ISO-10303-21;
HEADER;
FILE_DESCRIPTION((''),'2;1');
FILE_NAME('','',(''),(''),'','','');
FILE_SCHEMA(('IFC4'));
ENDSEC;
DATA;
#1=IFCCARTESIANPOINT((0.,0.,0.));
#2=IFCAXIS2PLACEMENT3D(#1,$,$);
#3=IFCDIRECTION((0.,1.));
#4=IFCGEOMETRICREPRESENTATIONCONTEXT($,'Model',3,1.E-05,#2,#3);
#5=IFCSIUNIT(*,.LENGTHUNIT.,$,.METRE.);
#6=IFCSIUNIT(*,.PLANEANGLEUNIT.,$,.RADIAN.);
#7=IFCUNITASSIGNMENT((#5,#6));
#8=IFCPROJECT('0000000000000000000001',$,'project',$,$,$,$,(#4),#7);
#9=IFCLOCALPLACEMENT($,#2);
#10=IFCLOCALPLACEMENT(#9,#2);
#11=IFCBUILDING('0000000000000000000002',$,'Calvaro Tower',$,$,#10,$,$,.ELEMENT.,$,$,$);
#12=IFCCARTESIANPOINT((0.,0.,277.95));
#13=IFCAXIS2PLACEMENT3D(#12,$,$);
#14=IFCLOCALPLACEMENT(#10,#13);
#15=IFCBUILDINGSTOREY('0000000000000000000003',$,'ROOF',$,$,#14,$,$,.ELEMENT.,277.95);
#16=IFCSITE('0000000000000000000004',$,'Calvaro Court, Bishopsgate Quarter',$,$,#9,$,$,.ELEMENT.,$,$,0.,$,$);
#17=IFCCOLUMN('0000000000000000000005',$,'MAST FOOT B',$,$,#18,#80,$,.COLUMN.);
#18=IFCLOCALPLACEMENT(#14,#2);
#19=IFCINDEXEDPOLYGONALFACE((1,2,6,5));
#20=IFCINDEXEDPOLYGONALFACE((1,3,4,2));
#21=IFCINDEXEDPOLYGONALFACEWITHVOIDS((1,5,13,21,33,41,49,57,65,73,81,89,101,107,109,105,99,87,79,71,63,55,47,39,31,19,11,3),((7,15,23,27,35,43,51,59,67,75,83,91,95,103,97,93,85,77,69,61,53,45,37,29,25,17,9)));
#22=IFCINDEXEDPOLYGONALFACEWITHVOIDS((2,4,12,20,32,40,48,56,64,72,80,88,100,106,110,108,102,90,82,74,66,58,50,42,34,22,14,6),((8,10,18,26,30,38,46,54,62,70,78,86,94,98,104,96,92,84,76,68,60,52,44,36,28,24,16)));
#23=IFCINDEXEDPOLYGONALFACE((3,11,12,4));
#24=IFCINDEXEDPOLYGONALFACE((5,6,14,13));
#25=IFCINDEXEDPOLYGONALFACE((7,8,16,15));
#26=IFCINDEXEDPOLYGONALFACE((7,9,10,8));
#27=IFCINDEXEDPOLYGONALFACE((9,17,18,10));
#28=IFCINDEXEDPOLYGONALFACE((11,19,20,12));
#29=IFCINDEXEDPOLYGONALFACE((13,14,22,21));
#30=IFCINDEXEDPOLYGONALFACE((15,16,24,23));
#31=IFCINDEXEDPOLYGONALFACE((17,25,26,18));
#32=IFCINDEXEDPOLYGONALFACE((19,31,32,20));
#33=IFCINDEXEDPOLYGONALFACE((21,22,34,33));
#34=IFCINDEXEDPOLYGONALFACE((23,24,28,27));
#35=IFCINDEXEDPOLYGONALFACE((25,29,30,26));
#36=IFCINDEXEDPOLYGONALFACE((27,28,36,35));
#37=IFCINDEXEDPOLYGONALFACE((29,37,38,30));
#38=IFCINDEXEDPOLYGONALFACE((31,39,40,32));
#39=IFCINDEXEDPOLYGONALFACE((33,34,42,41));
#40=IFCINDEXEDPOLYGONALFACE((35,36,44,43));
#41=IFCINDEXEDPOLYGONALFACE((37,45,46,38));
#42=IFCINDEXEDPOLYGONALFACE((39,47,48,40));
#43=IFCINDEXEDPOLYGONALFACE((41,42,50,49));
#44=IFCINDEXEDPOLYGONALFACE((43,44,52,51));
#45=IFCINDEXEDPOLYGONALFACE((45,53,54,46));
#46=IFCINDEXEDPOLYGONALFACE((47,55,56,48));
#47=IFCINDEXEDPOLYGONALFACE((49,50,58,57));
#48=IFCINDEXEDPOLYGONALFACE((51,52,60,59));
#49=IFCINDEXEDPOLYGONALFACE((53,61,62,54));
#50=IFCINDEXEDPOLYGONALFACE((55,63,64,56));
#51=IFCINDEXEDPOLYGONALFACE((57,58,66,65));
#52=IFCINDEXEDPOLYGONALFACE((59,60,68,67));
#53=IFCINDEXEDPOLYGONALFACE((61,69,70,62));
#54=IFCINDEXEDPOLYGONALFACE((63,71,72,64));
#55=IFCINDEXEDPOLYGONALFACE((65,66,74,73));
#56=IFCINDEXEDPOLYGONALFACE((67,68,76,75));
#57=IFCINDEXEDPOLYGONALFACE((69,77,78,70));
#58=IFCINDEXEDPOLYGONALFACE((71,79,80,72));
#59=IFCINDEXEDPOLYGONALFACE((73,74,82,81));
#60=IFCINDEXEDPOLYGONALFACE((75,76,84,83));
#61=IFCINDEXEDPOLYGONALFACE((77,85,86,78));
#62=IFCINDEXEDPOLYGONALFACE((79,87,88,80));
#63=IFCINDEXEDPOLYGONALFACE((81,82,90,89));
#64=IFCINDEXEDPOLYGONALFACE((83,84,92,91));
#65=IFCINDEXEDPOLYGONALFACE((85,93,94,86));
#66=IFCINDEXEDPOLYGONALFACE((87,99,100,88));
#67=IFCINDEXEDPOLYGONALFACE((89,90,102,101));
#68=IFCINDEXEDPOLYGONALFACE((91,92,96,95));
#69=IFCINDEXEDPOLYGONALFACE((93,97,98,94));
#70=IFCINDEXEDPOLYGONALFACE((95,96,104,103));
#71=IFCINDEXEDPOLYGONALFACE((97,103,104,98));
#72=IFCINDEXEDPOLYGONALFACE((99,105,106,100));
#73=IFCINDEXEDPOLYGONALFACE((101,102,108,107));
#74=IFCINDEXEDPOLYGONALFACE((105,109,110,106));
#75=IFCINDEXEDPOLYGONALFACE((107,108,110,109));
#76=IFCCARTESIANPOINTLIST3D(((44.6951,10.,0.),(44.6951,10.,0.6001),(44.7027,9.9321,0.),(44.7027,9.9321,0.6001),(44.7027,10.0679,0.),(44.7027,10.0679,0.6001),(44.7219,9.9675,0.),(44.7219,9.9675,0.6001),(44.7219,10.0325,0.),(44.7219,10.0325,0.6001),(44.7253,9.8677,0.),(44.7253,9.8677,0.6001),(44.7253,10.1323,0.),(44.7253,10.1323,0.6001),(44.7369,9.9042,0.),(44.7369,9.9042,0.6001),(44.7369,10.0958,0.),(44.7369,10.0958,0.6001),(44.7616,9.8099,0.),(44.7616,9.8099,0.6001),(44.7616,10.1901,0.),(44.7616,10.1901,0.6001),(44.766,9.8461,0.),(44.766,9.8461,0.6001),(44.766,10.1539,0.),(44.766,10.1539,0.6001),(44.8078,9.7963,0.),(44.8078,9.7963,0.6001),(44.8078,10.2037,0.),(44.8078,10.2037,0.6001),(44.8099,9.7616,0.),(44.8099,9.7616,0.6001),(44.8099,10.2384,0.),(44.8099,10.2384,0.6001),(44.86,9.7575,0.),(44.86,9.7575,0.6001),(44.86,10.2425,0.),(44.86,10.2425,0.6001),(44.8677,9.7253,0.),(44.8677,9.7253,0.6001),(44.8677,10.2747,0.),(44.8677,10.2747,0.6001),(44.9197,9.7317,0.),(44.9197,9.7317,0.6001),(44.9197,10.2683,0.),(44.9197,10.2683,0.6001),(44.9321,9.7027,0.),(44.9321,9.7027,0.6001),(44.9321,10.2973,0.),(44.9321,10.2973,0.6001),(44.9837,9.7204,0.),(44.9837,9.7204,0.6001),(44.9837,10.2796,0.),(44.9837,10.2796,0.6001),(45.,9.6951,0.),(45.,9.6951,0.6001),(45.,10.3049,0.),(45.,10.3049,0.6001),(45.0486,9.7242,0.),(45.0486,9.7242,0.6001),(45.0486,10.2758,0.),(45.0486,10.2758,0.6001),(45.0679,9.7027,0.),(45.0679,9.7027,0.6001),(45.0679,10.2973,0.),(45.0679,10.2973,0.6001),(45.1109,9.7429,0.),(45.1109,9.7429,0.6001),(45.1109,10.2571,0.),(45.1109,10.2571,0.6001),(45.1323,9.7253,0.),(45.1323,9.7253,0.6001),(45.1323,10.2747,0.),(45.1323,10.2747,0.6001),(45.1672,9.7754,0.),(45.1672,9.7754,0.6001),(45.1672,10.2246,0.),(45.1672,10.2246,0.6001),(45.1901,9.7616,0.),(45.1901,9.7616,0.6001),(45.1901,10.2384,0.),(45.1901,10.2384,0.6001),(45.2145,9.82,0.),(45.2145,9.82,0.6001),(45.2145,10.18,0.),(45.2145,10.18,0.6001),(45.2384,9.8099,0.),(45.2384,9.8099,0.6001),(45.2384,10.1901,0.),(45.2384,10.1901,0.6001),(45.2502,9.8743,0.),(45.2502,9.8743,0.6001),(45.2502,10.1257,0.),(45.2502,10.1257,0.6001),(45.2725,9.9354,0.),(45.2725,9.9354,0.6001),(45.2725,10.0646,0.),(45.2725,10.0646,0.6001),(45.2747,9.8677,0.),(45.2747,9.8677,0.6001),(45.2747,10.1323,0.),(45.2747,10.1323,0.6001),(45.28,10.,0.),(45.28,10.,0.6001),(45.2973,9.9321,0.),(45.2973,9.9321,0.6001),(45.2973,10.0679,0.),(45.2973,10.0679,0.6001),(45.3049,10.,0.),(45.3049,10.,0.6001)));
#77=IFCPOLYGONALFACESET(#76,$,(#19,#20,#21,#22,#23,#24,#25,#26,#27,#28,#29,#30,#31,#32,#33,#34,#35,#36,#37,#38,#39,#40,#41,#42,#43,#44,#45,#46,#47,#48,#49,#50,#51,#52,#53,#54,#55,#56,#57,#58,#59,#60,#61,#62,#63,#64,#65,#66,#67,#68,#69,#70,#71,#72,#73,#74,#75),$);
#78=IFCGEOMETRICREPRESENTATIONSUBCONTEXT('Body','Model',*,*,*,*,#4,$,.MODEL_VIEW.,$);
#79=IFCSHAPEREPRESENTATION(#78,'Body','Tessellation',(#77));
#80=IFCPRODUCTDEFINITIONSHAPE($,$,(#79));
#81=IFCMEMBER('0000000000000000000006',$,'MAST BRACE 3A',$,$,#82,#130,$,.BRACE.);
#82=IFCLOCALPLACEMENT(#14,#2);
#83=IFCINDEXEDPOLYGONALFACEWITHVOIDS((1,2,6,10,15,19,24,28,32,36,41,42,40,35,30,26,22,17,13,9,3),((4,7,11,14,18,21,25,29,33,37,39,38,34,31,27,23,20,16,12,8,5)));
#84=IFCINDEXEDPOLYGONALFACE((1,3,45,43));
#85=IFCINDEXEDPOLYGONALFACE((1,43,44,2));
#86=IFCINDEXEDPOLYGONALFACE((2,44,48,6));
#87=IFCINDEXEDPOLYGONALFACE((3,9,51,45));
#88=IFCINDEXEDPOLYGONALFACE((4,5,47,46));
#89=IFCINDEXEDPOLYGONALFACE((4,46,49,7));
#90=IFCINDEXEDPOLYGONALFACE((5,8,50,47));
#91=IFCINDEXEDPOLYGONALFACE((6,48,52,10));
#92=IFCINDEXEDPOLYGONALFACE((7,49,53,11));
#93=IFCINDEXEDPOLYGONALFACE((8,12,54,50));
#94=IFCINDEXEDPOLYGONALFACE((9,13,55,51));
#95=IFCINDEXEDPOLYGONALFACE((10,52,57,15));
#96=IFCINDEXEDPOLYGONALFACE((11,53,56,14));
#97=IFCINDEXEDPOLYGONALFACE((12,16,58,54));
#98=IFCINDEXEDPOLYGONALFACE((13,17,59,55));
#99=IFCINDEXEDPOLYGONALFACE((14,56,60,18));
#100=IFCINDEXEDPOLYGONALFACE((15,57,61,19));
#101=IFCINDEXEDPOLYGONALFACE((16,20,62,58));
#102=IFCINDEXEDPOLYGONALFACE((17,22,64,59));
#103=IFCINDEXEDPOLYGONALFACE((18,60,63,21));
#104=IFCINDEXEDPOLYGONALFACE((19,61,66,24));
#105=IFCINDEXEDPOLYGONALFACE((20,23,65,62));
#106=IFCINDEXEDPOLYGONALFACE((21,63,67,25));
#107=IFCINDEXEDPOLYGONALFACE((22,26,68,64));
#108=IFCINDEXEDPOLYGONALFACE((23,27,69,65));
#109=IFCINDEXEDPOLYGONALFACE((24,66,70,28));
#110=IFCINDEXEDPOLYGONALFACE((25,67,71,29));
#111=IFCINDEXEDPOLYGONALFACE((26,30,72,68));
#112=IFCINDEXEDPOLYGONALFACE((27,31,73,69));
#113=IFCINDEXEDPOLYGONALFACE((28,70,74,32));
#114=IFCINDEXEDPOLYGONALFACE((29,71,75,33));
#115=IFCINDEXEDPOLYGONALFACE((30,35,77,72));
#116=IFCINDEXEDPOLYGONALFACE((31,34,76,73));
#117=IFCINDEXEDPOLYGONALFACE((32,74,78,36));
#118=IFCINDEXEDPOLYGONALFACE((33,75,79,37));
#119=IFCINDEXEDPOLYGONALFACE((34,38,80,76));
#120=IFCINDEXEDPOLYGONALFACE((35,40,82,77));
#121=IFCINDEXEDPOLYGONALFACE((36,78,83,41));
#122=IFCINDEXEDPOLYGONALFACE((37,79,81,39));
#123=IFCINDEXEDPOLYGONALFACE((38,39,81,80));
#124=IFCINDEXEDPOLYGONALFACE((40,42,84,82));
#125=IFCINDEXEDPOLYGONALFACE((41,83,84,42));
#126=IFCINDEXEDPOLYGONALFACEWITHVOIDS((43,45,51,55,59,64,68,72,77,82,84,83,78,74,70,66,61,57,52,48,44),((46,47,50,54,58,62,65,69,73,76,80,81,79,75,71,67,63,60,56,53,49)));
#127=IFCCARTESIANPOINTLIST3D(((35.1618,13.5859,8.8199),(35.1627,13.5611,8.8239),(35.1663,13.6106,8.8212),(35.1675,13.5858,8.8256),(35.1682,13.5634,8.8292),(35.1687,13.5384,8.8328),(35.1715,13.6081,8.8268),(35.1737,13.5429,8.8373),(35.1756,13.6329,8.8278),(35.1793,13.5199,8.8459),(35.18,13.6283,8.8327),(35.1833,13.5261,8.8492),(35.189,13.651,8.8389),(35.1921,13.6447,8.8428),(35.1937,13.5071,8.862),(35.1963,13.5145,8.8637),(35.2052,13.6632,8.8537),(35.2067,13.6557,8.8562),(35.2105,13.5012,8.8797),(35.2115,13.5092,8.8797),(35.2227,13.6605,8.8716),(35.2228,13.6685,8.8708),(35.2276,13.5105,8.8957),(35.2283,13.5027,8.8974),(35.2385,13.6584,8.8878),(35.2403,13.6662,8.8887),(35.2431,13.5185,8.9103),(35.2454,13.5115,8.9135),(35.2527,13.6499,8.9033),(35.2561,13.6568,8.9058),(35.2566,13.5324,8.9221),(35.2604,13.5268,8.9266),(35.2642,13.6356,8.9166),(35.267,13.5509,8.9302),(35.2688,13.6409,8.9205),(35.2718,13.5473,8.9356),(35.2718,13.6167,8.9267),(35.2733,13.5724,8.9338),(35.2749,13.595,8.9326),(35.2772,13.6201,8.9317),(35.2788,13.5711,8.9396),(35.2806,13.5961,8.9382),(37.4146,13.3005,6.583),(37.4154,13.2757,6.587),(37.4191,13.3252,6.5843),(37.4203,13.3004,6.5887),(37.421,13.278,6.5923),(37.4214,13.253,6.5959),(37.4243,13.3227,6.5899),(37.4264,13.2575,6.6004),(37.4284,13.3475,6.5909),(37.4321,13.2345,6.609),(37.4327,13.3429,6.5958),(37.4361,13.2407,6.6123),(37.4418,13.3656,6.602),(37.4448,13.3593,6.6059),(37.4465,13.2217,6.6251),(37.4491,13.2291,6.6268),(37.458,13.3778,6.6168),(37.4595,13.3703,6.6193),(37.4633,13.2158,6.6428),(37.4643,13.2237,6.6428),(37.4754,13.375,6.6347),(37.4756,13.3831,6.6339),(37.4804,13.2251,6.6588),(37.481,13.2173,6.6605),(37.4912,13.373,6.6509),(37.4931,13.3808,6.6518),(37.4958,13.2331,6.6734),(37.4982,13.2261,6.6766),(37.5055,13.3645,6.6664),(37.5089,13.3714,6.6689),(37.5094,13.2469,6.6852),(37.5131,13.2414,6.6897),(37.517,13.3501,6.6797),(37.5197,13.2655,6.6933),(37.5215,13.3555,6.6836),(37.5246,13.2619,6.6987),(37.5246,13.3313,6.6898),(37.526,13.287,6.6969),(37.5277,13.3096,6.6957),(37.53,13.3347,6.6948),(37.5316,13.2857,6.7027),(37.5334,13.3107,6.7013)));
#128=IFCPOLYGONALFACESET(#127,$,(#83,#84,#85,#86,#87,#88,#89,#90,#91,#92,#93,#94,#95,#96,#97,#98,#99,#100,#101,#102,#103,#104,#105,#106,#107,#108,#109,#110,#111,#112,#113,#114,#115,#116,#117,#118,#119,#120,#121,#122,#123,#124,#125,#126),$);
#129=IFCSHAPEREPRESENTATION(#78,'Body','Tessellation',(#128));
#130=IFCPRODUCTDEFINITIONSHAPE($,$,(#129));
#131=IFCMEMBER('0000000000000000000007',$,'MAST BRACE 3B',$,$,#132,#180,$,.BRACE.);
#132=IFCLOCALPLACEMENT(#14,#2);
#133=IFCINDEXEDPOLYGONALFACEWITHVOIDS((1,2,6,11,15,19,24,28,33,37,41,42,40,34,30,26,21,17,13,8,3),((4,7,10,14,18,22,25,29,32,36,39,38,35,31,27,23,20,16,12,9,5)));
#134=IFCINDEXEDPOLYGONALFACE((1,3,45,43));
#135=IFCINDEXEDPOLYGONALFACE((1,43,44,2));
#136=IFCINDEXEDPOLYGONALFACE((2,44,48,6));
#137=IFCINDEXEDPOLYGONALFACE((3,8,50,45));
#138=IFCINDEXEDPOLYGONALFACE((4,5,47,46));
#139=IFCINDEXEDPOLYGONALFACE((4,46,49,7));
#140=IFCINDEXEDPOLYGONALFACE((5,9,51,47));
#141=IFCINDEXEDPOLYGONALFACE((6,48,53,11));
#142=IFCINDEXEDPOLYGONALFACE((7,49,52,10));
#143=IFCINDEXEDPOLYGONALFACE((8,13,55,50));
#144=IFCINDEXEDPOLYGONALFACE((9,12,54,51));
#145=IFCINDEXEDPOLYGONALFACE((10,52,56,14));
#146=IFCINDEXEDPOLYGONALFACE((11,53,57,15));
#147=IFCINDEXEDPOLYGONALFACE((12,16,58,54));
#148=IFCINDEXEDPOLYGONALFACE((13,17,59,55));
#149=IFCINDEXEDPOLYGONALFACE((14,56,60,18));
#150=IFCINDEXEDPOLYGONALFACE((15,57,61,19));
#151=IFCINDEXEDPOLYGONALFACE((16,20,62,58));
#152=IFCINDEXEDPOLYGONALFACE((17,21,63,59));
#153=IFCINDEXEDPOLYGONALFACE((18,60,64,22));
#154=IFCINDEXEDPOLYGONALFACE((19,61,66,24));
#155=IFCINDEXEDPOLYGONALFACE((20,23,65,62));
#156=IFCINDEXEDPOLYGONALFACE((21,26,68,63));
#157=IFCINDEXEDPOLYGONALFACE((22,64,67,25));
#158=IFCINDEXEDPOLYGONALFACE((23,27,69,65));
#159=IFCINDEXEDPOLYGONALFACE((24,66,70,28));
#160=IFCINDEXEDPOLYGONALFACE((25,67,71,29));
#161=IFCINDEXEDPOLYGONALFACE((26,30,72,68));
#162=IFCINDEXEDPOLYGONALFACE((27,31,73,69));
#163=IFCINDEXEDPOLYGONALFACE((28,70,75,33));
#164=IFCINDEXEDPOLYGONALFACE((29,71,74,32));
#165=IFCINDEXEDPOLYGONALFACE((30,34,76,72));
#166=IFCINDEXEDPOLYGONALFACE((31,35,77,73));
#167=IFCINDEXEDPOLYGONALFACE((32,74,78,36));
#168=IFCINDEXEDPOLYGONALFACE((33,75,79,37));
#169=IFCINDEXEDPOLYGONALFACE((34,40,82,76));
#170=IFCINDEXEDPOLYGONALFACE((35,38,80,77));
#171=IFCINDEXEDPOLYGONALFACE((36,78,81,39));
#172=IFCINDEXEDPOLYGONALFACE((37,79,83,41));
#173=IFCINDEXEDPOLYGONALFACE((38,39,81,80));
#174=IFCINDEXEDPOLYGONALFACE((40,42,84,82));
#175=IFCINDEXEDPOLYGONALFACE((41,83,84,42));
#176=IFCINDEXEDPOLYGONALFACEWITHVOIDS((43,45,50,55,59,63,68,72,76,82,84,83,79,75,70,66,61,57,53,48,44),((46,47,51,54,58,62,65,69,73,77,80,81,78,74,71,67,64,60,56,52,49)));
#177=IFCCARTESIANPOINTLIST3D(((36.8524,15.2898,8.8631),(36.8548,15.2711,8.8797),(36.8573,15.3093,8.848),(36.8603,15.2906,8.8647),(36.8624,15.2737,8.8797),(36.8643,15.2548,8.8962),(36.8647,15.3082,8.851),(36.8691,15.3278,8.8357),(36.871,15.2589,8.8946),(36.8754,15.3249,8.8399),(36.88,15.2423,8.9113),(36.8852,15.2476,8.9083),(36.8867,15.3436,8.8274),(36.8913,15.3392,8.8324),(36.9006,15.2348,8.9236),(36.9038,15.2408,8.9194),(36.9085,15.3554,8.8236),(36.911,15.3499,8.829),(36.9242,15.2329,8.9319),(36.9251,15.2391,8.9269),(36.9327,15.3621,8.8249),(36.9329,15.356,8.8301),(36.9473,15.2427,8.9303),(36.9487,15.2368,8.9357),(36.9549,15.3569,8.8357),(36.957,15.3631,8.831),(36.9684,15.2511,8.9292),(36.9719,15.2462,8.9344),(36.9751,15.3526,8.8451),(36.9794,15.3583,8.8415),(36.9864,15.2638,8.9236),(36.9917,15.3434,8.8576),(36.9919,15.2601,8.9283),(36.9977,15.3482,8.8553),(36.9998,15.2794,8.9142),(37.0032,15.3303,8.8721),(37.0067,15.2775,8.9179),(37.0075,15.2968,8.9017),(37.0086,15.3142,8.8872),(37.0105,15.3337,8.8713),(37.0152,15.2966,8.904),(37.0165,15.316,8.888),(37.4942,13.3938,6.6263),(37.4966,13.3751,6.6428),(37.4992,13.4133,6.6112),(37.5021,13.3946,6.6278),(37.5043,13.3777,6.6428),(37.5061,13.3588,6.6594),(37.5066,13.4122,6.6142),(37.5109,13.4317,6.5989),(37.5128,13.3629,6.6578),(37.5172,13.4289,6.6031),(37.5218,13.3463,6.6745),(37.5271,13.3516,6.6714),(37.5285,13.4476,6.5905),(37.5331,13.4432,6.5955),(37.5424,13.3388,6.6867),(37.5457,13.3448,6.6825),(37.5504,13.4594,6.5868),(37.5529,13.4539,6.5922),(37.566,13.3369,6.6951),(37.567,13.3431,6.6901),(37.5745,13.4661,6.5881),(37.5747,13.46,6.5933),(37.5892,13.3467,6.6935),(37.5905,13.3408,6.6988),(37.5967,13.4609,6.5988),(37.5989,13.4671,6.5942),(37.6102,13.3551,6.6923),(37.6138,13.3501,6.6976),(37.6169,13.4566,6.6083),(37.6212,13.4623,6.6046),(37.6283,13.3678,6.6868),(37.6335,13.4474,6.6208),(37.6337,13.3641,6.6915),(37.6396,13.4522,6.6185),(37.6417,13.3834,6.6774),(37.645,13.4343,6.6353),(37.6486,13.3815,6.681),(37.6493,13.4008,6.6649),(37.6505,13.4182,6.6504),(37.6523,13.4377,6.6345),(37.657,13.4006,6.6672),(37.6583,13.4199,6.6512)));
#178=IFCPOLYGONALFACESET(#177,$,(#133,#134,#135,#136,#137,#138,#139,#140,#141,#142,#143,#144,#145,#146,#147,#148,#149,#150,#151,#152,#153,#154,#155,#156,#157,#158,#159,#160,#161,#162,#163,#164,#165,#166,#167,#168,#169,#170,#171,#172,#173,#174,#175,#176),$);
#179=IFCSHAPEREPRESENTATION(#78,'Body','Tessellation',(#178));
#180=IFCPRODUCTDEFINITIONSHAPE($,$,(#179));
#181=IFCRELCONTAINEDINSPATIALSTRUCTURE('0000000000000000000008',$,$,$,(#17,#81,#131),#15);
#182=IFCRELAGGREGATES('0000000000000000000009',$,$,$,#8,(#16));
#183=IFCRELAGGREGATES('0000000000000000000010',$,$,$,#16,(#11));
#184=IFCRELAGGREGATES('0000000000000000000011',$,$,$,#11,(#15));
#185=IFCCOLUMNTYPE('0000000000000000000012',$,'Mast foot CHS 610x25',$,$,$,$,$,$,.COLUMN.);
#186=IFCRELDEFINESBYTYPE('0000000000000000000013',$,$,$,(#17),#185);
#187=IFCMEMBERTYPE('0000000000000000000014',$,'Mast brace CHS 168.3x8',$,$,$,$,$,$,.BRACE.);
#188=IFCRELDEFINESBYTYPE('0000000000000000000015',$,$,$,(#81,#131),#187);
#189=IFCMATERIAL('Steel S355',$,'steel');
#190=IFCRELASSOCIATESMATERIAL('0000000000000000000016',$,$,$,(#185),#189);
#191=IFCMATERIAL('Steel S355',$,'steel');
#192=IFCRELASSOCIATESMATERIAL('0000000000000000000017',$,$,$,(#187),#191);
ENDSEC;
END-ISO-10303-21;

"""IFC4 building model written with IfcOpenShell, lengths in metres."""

from ifc_helpers import new_model, si_unit, direction, frame, origin, origin_2d, place, context, subcontext, project, spatial, hollow_circle, extrude, material, material_profile, profile_set, type_object, element, save


model = new_model("IFC4")

# Units and contexts
model_context = context("Model", 3, precision=1e-05, world=origin(), true_north=direction((0.0, 1.0)))
body_context = subcontext(model_context, "Body", "Model", "MODEL_VIEW")
ifc_project = project(units=[si_unit("LENGTHUNIT", "METRE"), si_unit("PLANEANGLEUNIT", "RADIAN")], contexts=[model_context])

# Site, building, storey
site_placement = place(None, origin())
site = spatial("IfcSite", under=ifc_project, at=site_placement, Name="Calvaro Court, Bishopsgate Quarter", CompositionType="ELEMENT", RefElevation=0.0)
building_placement = place(site_placement, origin())
building = spatial("IfcBuilding", under=site, at=building_placement, Name="Calvaro Tower", CompositionType="ELEMENT")
storey_placement = place(building_placement, frame((0.0, 0.0, 277.95)))
storey = spatial("IfcBuildingStorey", under=building, at=storey_placement, Name="ROOF", CompositionType="ELEMENT", Elevation=277.95)

# Column
ifc_material_1 = material(Name="Steel S355", Category="steel")
ifc_material_profile_1 = material_profile(ifc_material_1, hollow_circle(Radius=0.3049, WallThickness=0.0249, at=origin_2d()), Name="CHS 610x25")
ifc_profile_set_1 = profile_set([ifc_material_profile_1], Name="Steel S355")
column_type = type_object("IfcColumnType", Name="Mast foot CHS 610x25", PredefinedType="COLUMN", material=ifc_profile_set_1)
column_placement = place(storey_placement, frame((45.0, 10.0, 0.0), z_axis=(0.0, 0.0, 1.0), x_axis=(1.0, 0.0, 0.0)))
element("IfcColumn", 1, at=column_placement, inside=storey, type_object=column_type, Name="MAST FOOT B", PredefinedType="COLUMN", context=body_context, shape_type="SweptSolid", body=[
    extrude(hollow_circle(Radius=0.3049, WallThickness=0.0249, at=origin_2d()), origin(), (0.0, 0.0, 1.0), 0.6001),
])

# Members
ifc_material_2 = material(Name="Steel S355", Category="steel")
ifc_material_profile_2 = material_profile(ifc_material_2, hollow_circle(Radius=0.0842, WallThickness=0.0081, at=origin_2d()), Name="CHS 168.3x8")
ifc_profile_set_2 = profile_set([ifc_material_profile_2], Name="Steel S355")
member_type_1 = type_object("IfcMemberType", Name="Mast brace CHS 168.3x8", PredefinedType="BRACE", material=ifc_profile_set_2)
member_1_placement = place(storey_placement, frame((37.4739, 13.2993, 6.6428), z_axis=(-0.706751, 0.089541, 0.701773), x_axis=(-0.125689, -0.99207, 0.0)))
element("IfcMember", 2, at=member_1_placement, inside=storey, type_object=member_type_1, Name="MAST BRACE 3A", PredefinedType="BRACE", context=body_context, shape_type="SweptSolid", body=[
    extrude(hollow_circle(Radius=0.0842, WallThickness=0.0081, at=origin_2d()), origin(), (0.0, 0.0, 1.0), 3.1875),
])
member_2_placement = place(storey_placement, frame((37.5764, 13.4021, 6.6428), z_axis=(-0.213828, 0.631644, 0.745187), x_axis=(-0.947197, -0.320652, 0.0)))
element("IfcMember", 3, at=member_2_placement, inside=storey, type_object=member_type_1, Name="MAST BRACE 3B", PredefinedType="BRACE", context=body_context, shape_type="SweptSolid", body=[
    extrude(hollow_circle(Radius=0.0842, WallThickness=0.0081, at=origin_2d()), origin(), (0.0, 0.0, 1.0), 3.0017),
])

save(model, "model.ifc")
